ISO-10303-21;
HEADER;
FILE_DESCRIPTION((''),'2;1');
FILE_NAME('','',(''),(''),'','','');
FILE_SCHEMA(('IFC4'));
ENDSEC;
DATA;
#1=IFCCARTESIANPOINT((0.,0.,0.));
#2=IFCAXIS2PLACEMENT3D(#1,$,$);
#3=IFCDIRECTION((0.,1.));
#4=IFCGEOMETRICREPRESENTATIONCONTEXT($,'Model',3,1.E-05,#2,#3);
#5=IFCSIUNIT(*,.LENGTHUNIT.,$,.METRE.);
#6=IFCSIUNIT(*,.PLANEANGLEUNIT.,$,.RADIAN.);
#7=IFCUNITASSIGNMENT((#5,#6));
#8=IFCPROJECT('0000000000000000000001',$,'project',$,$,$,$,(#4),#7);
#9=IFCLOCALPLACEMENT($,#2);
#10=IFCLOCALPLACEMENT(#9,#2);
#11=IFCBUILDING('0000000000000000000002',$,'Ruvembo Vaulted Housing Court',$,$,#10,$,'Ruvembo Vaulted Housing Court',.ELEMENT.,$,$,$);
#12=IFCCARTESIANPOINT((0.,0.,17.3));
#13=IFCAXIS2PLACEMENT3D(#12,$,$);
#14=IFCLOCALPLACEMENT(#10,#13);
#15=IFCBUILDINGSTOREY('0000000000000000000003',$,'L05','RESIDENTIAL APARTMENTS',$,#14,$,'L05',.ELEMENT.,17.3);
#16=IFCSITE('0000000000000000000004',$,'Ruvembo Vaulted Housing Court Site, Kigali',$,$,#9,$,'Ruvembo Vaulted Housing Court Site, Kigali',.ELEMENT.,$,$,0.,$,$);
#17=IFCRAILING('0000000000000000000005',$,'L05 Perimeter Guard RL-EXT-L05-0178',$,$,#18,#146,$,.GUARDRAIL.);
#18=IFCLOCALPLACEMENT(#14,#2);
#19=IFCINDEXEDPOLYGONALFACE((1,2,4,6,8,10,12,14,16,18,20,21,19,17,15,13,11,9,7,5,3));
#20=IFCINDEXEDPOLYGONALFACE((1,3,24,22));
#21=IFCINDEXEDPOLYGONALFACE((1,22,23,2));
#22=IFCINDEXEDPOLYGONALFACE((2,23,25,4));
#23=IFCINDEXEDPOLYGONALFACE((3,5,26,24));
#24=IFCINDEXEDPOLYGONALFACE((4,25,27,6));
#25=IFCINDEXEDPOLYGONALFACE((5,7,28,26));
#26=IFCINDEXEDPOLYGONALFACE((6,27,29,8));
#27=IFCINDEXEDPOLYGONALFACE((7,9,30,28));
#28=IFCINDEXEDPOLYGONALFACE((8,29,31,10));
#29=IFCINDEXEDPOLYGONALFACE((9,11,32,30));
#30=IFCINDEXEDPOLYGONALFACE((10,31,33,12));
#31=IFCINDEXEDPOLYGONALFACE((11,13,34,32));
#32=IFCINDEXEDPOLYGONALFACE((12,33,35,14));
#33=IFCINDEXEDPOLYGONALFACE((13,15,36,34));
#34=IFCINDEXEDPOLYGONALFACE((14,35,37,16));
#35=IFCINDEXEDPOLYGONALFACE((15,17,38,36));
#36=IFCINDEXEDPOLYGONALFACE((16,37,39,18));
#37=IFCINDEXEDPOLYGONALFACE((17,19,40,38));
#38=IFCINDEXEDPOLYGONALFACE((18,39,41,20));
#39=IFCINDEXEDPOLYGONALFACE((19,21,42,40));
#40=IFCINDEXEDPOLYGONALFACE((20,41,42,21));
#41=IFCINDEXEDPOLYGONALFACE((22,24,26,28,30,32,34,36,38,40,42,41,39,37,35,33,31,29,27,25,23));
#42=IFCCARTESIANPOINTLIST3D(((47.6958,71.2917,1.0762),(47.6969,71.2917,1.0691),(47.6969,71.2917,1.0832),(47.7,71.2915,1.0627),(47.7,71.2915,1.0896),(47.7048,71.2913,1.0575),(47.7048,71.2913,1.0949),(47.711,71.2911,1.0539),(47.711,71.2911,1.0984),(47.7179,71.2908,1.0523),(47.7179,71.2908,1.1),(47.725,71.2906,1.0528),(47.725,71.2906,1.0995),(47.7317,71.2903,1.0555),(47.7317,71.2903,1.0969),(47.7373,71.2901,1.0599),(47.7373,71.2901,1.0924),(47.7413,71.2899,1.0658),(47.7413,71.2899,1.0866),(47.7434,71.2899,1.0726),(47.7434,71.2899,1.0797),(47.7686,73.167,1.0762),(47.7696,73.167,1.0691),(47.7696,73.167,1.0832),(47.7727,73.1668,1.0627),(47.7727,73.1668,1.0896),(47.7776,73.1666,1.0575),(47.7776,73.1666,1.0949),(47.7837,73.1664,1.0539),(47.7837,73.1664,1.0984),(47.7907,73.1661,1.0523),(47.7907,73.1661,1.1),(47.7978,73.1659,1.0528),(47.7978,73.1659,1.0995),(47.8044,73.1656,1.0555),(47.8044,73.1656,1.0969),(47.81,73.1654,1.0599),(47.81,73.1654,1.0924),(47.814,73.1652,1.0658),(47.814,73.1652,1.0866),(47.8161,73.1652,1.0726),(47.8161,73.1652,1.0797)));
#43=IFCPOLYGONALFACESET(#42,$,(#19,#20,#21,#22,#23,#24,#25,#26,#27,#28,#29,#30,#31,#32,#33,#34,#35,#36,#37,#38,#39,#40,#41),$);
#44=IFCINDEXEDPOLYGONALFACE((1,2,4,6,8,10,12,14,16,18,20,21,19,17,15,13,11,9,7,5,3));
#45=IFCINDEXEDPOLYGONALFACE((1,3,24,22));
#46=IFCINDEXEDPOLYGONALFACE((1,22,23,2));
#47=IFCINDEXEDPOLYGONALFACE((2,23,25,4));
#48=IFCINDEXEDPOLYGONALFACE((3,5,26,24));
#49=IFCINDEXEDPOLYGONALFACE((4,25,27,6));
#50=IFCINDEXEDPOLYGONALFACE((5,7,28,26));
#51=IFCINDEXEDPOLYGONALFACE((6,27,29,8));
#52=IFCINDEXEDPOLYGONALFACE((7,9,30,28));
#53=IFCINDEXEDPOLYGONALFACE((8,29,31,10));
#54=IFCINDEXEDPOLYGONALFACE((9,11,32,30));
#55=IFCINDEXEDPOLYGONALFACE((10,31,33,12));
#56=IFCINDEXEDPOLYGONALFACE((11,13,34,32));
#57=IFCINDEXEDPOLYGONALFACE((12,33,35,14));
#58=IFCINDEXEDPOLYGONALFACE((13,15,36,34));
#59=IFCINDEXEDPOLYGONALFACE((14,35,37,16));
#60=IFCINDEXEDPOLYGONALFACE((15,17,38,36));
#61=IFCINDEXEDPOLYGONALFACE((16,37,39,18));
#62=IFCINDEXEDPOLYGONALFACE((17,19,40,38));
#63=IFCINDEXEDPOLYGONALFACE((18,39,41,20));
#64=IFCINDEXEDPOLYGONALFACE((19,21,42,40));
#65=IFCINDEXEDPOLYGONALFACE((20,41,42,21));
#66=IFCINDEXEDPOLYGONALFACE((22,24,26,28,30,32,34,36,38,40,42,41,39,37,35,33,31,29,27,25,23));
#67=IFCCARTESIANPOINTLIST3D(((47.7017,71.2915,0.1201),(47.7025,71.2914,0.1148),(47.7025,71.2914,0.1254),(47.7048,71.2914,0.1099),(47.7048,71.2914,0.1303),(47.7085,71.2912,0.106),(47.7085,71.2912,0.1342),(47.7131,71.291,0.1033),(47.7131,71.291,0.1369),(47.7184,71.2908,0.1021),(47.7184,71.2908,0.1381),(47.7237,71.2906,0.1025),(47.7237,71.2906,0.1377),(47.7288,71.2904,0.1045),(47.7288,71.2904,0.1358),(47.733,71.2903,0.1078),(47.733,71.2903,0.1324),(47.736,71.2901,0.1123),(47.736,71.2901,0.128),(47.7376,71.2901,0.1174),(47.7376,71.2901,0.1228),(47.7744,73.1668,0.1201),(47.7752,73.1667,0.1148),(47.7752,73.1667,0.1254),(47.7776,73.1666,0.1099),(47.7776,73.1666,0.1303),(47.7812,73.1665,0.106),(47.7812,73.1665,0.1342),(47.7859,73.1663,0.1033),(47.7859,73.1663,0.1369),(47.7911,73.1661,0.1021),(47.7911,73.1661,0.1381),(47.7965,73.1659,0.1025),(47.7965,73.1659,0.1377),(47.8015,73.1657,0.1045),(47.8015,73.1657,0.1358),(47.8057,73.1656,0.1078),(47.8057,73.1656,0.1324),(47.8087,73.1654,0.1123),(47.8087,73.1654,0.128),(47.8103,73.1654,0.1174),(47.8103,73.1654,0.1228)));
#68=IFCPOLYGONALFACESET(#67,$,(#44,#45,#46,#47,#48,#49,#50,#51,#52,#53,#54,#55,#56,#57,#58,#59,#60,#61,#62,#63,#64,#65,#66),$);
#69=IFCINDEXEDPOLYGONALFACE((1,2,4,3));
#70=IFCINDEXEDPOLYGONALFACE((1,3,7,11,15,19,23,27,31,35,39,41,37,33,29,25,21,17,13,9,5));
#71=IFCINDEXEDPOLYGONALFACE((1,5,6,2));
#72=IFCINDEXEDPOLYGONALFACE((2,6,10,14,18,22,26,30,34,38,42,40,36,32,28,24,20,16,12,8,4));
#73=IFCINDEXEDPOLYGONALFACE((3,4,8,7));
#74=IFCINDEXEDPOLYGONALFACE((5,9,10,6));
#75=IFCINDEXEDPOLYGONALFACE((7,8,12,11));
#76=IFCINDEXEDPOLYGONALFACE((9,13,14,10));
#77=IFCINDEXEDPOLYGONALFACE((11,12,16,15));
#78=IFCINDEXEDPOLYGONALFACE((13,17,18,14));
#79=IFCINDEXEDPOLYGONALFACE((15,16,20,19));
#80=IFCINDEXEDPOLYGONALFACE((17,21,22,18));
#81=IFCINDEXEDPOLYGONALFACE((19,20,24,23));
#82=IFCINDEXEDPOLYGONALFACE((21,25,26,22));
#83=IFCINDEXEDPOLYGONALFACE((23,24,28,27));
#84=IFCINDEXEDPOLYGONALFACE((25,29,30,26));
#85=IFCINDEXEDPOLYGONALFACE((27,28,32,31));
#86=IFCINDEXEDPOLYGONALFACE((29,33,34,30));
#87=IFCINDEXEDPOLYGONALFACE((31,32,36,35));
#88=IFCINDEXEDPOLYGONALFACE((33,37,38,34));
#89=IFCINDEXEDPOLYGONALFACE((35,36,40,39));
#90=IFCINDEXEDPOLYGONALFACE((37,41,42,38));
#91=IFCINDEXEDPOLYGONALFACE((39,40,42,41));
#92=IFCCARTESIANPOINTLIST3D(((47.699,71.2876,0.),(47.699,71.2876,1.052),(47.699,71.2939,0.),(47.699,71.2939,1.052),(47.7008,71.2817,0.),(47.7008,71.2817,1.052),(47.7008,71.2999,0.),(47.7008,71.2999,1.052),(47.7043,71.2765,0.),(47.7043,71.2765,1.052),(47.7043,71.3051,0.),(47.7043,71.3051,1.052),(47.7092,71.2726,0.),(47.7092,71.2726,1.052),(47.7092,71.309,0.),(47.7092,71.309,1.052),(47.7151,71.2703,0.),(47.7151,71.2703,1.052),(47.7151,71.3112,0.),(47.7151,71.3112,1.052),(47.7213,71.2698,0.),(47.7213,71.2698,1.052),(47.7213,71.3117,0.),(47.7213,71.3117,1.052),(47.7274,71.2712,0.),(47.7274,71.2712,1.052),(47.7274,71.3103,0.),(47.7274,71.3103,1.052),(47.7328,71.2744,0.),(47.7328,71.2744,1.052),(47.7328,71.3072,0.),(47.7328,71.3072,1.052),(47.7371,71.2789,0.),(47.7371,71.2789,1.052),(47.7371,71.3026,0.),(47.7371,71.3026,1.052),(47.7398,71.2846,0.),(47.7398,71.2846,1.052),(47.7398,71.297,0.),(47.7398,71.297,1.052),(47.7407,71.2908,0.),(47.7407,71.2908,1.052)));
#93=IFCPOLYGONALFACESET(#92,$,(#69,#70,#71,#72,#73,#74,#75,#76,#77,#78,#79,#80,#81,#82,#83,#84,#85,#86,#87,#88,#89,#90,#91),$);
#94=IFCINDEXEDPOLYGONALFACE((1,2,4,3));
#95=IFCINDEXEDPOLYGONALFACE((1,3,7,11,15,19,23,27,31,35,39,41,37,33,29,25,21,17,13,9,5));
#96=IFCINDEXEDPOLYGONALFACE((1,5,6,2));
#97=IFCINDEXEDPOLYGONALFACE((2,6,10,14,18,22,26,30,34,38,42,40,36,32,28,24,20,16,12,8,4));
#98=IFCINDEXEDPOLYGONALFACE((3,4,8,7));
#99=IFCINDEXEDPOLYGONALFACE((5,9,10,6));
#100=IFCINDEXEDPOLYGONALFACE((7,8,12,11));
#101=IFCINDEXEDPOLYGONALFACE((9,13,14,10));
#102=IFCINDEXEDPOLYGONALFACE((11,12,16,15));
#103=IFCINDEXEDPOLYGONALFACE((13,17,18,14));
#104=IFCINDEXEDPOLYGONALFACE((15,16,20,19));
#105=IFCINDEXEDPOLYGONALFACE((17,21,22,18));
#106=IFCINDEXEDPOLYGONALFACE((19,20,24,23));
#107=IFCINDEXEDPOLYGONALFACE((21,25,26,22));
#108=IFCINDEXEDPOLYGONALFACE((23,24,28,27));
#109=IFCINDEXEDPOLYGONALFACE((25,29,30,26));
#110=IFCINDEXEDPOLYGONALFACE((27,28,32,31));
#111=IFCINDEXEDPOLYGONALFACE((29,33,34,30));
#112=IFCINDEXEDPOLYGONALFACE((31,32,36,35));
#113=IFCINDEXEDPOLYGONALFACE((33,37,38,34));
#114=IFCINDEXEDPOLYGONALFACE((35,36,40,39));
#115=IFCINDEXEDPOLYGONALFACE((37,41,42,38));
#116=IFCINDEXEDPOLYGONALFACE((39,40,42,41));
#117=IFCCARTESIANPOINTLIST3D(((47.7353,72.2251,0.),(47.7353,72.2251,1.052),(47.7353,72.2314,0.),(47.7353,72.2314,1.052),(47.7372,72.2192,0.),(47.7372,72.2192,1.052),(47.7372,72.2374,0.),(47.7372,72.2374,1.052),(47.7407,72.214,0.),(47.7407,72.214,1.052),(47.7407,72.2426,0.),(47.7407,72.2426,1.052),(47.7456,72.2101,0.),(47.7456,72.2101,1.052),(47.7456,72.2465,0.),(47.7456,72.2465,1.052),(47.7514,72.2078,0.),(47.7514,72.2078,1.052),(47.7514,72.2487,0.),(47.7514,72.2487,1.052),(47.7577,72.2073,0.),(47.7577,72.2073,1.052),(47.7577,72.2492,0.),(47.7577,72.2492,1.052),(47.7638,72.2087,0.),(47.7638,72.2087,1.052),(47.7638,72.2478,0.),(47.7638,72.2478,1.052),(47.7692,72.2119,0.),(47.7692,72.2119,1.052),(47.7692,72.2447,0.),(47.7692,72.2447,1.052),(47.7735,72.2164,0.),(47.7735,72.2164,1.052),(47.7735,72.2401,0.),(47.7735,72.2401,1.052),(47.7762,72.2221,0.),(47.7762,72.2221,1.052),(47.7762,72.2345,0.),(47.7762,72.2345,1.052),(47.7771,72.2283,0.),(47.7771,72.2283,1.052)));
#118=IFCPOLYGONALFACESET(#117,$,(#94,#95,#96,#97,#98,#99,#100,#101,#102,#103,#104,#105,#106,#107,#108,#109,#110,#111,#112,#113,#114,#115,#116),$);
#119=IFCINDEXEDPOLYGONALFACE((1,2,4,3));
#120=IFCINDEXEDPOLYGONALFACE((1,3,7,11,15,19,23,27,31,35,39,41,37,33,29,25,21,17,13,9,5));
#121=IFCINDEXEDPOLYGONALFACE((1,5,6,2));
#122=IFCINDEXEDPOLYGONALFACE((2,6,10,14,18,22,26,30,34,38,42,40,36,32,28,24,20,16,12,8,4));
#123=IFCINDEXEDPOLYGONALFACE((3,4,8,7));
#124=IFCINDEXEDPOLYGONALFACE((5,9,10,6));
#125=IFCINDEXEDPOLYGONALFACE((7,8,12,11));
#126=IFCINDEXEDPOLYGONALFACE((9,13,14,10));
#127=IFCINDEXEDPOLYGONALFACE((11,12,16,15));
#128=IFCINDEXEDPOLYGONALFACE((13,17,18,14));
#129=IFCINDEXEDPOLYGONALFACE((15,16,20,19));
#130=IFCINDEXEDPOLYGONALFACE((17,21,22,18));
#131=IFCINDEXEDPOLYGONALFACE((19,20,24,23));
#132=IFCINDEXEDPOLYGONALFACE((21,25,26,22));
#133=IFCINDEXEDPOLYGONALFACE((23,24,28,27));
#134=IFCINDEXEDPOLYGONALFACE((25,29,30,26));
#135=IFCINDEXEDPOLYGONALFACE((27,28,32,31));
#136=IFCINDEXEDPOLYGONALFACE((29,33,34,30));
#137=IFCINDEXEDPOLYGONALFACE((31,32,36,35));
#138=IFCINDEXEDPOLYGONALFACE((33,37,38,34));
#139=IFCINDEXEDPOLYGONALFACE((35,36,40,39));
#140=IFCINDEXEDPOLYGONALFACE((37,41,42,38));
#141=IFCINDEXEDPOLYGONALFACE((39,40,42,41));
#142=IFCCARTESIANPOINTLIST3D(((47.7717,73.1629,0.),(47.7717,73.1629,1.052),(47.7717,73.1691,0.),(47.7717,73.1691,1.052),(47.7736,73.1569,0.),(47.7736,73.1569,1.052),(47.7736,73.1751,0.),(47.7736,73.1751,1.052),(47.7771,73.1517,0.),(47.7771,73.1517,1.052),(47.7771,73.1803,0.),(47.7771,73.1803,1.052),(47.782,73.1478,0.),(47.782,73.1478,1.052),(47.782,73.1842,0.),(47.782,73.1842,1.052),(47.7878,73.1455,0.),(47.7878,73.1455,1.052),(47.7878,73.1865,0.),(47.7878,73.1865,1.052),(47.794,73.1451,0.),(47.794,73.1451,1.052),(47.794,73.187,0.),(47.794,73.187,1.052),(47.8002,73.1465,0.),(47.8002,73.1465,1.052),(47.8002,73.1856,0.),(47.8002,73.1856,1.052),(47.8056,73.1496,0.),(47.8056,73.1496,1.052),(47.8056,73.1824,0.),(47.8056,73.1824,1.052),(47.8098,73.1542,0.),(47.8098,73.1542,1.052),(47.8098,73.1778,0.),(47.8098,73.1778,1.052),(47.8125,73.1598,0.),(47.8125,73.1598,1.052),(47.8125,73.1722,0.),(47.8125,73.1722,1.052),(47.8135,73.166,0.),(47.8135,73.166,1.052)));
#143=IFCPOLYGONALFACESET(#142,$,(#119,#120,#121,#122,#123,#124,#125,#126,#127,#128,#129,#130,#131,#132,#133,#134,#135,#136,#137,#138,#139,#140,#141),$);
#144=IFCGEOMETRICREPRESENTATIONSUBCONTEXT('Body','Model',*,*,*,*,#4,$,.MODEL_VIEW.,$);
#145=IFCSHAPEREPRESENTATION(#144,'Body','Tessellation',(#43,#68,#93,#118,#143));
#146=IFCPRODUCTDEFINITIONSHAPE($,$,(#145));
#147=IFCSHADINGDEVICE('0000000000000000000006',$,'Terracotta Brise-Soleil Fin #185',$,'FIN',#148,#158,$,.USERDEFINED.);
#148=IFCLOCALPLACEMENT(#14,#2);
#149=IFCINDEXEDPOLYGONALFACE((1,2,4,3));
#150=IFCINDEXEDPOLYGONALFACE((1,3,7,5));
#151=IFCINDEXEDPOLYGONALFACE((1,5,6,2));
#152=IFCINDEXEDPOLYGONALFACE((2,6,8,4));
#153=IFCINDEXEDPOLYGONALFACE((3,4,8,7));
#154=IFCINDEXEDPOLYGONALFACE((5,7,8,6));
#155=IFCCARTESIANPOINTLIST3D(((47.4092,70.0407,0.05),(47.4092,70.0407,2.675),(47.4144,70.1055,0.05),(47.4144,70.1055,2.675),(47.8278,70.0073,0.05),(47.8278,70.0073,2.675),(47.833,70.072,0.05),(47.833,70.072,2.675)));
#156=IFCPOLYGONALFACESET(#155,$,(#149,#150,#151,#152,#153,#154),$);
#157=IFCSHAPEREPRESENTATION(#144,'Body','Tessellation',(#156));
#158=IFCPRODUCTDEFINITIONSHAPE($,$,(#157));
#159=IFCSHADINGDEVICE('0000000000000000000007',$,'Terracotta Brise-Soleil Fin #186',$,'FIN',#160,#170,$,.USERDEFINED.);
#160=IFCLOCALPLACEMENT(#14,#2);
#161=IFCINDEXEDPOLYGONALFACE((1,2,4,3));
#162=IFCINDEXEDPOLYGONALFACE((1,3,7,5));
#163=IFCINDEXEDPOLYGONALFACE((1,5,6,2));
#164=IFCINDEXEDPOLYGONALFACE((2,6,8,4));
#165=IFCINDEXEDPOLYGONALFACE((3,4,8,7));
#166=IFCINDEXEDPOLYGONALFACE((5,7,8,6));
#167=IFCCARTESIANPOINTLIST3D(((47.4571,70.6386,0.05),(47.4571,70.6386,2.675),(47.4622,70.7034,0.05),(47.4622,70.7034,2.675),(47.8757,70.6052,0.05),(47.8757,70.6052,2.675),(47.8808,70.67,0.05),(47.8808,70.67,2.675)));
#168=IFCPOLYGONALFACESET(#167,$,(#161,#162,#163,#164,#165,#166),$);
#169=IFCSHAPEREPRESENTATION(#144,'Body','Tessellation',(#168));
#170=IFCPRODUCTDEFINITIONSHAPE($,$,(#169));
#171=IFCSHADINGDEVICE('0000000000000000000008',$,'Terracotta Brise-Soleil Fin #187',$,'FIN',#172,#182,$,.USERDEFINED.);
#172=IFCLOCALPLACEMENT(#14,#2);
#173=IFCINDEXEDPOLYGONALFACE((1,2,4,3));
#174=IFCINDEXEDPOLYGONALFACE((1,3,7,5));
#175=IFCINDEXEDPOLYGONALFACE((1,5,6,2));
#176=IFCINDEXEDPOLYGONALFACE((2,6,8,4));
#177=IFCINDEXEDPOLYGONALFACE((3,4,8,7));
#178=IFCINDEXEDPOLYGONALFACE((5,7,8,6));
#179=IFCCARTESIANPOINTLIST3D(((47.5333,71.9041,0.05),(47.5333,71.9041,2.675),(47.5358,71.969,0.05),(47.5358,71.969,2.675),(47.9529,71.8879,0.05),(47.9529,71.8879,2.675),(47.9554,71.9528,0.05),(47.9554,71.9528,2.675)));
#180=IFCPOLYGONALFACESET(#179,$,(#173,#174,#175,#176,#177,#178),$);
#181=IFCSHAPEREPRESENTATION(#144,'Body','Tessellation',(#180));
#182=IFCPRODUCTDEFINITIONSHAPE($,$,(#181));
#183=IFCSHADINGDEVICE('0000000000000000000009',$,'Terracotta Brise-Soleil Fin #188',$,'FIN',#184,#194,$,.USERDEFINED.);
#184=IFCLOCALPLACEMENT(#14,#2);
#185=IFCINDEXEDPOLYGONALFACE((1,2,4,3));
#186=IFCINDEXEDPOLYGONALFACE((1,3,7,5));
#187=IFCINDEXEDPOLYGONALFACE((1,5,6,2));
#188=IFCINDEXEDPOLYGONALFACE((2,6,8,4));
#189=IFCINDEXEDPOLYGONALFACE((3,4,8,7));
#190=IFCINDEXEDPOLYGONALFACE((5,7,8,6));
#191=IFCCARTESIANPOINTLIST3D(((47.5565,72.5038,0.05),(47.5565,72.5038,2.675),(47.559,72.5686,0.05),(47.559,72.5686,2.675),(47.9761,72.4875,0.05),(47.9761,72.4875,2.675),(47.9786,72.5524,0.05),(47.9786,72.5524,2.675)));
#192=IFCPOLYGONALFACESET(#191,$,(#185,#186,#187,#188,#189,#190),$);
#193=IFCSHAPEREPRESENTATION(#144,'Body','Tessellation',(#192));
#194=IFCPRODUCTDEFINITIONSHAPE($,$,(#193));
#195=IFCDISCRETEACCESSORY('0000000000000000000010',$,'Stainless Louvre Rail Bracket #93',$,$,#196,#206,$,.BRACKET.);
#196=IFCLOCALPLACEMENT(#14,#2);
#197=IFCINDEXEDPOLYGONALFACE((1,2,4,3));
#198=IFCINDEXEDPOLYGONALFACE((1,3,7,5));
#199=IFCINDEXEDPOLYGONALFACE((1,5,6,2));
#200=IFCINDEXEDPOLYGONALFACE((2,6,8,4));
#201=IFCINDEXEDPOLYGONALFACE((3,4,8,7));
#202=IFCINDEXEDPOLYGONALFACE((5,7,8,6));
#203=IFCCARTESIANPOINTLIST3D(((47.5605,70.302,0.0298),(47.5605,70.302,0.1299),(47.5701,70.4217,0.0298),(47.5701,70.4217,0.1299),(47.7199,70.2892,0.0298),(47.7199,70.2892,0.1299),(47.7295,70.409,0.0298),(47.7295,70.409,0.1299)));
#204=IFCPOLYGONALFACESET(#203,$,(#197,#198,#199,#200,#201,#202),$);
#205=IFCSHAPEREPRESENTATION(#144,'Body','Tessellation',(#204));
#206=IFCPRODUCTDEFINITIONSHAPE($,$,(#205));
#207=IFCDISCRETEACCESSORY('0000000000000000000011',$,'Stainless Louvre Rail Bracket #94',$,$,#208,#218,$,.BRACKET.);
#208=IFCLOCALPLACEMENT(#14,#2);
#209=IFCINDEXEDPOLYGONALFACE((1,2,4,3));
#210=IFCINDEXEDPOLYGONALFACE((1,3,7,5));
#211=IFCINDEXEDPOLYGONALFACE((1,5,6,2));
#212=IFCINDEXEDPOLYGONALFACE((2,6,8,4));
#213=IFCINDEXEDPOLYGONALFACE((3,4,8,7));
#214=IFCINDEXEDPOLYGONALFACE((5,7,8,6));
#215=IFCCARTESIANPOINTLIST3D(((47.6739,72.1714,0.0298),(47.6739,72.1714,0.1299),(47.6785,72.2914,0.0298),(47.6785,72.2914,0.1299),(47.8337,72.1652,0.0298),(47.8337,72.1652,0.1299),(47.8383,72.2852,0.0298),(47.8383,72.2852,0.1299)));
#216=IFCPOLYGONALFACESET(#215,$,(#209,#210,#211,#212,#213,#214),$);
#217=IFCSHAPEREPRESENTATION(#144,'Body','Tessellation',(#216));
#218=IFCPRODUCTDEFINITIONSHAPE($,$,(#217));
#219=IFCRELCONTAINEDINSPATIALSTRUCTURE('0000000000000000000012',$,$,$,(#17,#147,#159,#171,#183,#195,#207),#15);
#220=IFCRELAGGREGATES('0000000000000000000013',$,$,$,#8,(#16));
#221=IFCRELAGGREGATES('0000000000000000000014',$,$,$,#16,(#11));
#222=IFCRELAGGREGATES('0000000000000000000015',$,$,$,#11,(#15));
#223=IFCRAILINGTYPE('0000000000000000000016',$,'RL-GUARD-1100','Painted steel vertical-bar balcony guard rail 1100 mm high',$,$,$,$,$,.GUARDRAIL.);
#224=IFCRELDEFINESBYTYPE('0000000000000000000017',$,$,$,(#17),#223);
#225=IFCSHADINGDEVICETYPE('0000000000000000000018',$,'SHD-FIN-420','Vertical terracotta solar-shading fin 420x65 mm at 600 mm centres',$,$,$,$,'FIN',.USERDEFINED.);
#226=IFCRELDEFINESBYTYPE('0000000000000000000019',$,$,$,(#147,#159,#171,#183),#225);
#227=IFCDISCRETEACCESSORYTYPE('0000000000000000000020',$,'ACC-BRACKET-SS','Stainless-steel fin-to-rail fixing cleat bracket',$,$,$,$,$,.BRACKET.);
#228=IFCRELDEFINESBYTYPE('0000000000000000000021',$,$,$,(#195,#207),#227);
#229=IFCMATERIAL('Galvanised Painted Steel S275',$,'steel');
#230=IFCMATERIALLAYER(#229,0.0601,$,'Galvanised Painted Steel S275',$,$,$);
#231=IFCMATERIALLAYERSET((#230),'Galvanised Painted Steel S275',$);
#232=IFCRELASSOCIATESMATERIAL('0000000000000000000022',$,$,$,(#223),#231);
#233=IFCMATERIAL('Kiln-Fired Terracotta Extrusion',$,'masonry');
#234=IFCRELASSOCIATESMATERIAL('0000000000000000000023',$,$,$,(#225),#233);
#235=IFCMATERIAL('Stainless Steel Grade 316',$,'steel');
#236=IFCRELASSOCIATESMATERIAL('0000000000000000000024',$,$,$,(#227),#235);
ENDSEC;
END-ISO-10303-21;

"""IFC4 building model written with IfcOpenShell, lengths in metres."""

from ifc_helpers import new_model, si_unit, direction, frame, origin, origin_2d, place, context, subcontext, project, spatial, rectangle, circle, extrude, material, layer, layer_set, type_object, element, save


model = new_model("IFC4")

# Units and contexts
model_context = context("Model", 3, precision=1e-05, world=origin(), true_north=direction((0.0, 1.0)))
body_context = subcontext(model_context, "Body", "Model", "MODEL_VIEW")
ifc_project = project(units=[si_unit("LENGTHUNIT", "METRE"), si_unit("PLANEANGLEUNIT", "RADIAN")], contexts=[model_context])

# Site, building, storey
site_placement = place(None, origin())
site = spatial("IfcSite", under=ifc_project, at=site_placement, Name="Ruvembo Vaulted Housing Court Site, Kigali", LongName="Ruvembo Vaulted Housing Court Site, Kigali", CompositionType="ELEMENT", RefElevation=0.0)
building_placement = place(site_placement, origin())
building = spatial("IfcBuilding", under=site, at=building_placement, Name="Ruvembo Vaulted Housing Court", LongName="Ruvembo Vaulted Housing Court", CompositionType="ELEMENT")
storey_placement = place(building_placement, frame((0.0, 0.0, 17.3)))
storey = spatial("IfcBuildingStorey", under=building, at=storey_placement, Name="L05", Description="RESIDENTIAL APARTMENTS", LongName="L05", CompositionType="ELEMENT", Elevation=17.3)

# Railing
ifc_material_1 = material(Name="Galvanised Painted Steel S275", Category="steel")
ifc_layer_1 = layer(ifc_material_1, 0.0601, Name="Galvanised Painted Steel S275")
ifc_layer_set_1 = layer_set([ifc_layer_1], Name="Galvanised Painted Steel S275")
railing_type = type_object("IfcRailingType", Name="RL-GUARD-1100", Description="Painted steel vertical-bar balcony guard rail 1100 mm high", PredefinedType="GUARDRAIL", material=ifc_layer_set_1)
railing_1_placement = place(storey_placement, frame((47.7197, 71.2908, 0.0)))
element("IfcRailing", 1, at=railing_1_placement, inside=storey, type_object=railing_type, Name="L05 Perimeter Guard RL-EXT-L05-0178", PredefinedType="GUARDRAIL", context=body_context, shape_type="SweptSolid", body=[
    extrude(circle(Radius=0.0239, at=origin_2d()), frame((0.0, 0.0, 1.0762), z_axis=(0.038768, 0.999248, 0.0), x_axis=(-0.999248, 0.038768, 0.0)), (0.0, 0.0, 1.0), 1.8767),
    extrude(circle(Radius=0.0181, at=origin_2d()), frame((0.0, 0.0, 0.1201), z_axis=(0.038768, 0.999248, 0.0), x_axis=(-0.999248, 0.038768, 0.0)), (0.0, 0.0, 1.0), 1.8767),
    extrude(circle(Radius=0.021, at=origin_2d()), origin(), (0.0, 0.0, 1.0), 1.052),
    extrude(circle(Radius=0.021, at=origin_2d()), frame((0.0364, 0.9375, 0.0)), (0.0, 0.0, 1.0), 1.052),
    extrude(circle(Radius=0.021, at=origin_2d()), frame((0.0728, 1.8752, 0.0)), (0.0, 0.0, 1.0), 1.052),
])

# Shading devices
ifc_material_2 = material(Name="Kiln-Fired Terracotta Extrusion", Category="masonry")
shading_device_type = type_object("IfcShadingDeviceType", Name="SHD-FIN-420", Description="Vertical terracotta solar-shading fin 420x65 mm at 600 mm centres", ElementType="FIN", PredefinedType="USERDEFINED", material=ifc_material_2)
for number, where, z_axis, x_axis, name in (
    (2, (47.6211, 70.0564, 0.05), (0.0, 0.0, 1.0), (0.996826, -0.079607, 0.0), "Terracotta Brise-Soleil Fin #185"),
    (3, (47.6689, 70.6543, 0.05), (0.0, 0.0, 1.0), (0.996826, -0.079607, 0.0), "Terracotta Brise-Soleil Fin #186"),
    (4, (47.7444, 71.9285, 0.05), (0.0, 0.0, 1.0), (0.999251, -0.038684, 0.0), "Terracotta Brise-Soleil Fin #187"),
    (5, (47.7676, 72.5281, 0.05), (0.0, 0.0, 1.0), (0.999251, -0.038684, 0.0), "Terracotta Brise-Soleil Fin #188"),
):
    element("IfcShadingDevice", number, at=place(storey_placement, frame(where, z_axis=z_axis, x_axis=x_axis)), inside=storey, type_object=shading_device_type, Name=name, ObjectType="FIN", PredefinedType="USERDEFINED", context=body_context, shape_type="SweptSolid", body=[
        extrude(rectangle(XDim=0.4199, YDim=0.0649, at=origin_2d()), origin(), (0.0, 0.0, 1.0), 2.625),
    ])

# Discrete accessories
ifc_material_3 = material(Name="Stainless Steel Grade 316", Category="steel")
discrete_accessory_type = type_object("IfcDiscreteAccessoryType", Name="ACC-BRACKET-SS", Description="Stainless-steel fin-to-rail fixing cleat bracket", PredefinedType="BRACKET", material=ifc_material_3)
for number, where, z_axis, x_axis, name in (
    (6, (47.645, 70.3555, 0.0298), (0.0, 0.0, 1.0), (0.996826, -0.079607, 0.0), "Stainless Louvre Rail Bracket #93"),
    (7, (47.7561, 72.2283, 0.0298), (0.0, 0.0, 1.0), (0.999251, -0.038684, 0.0), "Stainless Louvre Rail Bracket #94"),
):
    element("IfcDiscreteAccessory", number, at=place(storey_placement, frame(where, z_axis=z_axis, x_axis=x_axis)), inside=storey, type_object=discrete_accessory_type, Name=name, PredefinedType="BRACKET", context=body_context, shape_type="SweptSolid", body=[
        extrude(rectangle(XDim=0.1599, YDim=0.1201, at=origin_2d()), origin(), (0.0, 0.0, 1.0), 0.1001),
    ])

save(model, "model.ifc")
